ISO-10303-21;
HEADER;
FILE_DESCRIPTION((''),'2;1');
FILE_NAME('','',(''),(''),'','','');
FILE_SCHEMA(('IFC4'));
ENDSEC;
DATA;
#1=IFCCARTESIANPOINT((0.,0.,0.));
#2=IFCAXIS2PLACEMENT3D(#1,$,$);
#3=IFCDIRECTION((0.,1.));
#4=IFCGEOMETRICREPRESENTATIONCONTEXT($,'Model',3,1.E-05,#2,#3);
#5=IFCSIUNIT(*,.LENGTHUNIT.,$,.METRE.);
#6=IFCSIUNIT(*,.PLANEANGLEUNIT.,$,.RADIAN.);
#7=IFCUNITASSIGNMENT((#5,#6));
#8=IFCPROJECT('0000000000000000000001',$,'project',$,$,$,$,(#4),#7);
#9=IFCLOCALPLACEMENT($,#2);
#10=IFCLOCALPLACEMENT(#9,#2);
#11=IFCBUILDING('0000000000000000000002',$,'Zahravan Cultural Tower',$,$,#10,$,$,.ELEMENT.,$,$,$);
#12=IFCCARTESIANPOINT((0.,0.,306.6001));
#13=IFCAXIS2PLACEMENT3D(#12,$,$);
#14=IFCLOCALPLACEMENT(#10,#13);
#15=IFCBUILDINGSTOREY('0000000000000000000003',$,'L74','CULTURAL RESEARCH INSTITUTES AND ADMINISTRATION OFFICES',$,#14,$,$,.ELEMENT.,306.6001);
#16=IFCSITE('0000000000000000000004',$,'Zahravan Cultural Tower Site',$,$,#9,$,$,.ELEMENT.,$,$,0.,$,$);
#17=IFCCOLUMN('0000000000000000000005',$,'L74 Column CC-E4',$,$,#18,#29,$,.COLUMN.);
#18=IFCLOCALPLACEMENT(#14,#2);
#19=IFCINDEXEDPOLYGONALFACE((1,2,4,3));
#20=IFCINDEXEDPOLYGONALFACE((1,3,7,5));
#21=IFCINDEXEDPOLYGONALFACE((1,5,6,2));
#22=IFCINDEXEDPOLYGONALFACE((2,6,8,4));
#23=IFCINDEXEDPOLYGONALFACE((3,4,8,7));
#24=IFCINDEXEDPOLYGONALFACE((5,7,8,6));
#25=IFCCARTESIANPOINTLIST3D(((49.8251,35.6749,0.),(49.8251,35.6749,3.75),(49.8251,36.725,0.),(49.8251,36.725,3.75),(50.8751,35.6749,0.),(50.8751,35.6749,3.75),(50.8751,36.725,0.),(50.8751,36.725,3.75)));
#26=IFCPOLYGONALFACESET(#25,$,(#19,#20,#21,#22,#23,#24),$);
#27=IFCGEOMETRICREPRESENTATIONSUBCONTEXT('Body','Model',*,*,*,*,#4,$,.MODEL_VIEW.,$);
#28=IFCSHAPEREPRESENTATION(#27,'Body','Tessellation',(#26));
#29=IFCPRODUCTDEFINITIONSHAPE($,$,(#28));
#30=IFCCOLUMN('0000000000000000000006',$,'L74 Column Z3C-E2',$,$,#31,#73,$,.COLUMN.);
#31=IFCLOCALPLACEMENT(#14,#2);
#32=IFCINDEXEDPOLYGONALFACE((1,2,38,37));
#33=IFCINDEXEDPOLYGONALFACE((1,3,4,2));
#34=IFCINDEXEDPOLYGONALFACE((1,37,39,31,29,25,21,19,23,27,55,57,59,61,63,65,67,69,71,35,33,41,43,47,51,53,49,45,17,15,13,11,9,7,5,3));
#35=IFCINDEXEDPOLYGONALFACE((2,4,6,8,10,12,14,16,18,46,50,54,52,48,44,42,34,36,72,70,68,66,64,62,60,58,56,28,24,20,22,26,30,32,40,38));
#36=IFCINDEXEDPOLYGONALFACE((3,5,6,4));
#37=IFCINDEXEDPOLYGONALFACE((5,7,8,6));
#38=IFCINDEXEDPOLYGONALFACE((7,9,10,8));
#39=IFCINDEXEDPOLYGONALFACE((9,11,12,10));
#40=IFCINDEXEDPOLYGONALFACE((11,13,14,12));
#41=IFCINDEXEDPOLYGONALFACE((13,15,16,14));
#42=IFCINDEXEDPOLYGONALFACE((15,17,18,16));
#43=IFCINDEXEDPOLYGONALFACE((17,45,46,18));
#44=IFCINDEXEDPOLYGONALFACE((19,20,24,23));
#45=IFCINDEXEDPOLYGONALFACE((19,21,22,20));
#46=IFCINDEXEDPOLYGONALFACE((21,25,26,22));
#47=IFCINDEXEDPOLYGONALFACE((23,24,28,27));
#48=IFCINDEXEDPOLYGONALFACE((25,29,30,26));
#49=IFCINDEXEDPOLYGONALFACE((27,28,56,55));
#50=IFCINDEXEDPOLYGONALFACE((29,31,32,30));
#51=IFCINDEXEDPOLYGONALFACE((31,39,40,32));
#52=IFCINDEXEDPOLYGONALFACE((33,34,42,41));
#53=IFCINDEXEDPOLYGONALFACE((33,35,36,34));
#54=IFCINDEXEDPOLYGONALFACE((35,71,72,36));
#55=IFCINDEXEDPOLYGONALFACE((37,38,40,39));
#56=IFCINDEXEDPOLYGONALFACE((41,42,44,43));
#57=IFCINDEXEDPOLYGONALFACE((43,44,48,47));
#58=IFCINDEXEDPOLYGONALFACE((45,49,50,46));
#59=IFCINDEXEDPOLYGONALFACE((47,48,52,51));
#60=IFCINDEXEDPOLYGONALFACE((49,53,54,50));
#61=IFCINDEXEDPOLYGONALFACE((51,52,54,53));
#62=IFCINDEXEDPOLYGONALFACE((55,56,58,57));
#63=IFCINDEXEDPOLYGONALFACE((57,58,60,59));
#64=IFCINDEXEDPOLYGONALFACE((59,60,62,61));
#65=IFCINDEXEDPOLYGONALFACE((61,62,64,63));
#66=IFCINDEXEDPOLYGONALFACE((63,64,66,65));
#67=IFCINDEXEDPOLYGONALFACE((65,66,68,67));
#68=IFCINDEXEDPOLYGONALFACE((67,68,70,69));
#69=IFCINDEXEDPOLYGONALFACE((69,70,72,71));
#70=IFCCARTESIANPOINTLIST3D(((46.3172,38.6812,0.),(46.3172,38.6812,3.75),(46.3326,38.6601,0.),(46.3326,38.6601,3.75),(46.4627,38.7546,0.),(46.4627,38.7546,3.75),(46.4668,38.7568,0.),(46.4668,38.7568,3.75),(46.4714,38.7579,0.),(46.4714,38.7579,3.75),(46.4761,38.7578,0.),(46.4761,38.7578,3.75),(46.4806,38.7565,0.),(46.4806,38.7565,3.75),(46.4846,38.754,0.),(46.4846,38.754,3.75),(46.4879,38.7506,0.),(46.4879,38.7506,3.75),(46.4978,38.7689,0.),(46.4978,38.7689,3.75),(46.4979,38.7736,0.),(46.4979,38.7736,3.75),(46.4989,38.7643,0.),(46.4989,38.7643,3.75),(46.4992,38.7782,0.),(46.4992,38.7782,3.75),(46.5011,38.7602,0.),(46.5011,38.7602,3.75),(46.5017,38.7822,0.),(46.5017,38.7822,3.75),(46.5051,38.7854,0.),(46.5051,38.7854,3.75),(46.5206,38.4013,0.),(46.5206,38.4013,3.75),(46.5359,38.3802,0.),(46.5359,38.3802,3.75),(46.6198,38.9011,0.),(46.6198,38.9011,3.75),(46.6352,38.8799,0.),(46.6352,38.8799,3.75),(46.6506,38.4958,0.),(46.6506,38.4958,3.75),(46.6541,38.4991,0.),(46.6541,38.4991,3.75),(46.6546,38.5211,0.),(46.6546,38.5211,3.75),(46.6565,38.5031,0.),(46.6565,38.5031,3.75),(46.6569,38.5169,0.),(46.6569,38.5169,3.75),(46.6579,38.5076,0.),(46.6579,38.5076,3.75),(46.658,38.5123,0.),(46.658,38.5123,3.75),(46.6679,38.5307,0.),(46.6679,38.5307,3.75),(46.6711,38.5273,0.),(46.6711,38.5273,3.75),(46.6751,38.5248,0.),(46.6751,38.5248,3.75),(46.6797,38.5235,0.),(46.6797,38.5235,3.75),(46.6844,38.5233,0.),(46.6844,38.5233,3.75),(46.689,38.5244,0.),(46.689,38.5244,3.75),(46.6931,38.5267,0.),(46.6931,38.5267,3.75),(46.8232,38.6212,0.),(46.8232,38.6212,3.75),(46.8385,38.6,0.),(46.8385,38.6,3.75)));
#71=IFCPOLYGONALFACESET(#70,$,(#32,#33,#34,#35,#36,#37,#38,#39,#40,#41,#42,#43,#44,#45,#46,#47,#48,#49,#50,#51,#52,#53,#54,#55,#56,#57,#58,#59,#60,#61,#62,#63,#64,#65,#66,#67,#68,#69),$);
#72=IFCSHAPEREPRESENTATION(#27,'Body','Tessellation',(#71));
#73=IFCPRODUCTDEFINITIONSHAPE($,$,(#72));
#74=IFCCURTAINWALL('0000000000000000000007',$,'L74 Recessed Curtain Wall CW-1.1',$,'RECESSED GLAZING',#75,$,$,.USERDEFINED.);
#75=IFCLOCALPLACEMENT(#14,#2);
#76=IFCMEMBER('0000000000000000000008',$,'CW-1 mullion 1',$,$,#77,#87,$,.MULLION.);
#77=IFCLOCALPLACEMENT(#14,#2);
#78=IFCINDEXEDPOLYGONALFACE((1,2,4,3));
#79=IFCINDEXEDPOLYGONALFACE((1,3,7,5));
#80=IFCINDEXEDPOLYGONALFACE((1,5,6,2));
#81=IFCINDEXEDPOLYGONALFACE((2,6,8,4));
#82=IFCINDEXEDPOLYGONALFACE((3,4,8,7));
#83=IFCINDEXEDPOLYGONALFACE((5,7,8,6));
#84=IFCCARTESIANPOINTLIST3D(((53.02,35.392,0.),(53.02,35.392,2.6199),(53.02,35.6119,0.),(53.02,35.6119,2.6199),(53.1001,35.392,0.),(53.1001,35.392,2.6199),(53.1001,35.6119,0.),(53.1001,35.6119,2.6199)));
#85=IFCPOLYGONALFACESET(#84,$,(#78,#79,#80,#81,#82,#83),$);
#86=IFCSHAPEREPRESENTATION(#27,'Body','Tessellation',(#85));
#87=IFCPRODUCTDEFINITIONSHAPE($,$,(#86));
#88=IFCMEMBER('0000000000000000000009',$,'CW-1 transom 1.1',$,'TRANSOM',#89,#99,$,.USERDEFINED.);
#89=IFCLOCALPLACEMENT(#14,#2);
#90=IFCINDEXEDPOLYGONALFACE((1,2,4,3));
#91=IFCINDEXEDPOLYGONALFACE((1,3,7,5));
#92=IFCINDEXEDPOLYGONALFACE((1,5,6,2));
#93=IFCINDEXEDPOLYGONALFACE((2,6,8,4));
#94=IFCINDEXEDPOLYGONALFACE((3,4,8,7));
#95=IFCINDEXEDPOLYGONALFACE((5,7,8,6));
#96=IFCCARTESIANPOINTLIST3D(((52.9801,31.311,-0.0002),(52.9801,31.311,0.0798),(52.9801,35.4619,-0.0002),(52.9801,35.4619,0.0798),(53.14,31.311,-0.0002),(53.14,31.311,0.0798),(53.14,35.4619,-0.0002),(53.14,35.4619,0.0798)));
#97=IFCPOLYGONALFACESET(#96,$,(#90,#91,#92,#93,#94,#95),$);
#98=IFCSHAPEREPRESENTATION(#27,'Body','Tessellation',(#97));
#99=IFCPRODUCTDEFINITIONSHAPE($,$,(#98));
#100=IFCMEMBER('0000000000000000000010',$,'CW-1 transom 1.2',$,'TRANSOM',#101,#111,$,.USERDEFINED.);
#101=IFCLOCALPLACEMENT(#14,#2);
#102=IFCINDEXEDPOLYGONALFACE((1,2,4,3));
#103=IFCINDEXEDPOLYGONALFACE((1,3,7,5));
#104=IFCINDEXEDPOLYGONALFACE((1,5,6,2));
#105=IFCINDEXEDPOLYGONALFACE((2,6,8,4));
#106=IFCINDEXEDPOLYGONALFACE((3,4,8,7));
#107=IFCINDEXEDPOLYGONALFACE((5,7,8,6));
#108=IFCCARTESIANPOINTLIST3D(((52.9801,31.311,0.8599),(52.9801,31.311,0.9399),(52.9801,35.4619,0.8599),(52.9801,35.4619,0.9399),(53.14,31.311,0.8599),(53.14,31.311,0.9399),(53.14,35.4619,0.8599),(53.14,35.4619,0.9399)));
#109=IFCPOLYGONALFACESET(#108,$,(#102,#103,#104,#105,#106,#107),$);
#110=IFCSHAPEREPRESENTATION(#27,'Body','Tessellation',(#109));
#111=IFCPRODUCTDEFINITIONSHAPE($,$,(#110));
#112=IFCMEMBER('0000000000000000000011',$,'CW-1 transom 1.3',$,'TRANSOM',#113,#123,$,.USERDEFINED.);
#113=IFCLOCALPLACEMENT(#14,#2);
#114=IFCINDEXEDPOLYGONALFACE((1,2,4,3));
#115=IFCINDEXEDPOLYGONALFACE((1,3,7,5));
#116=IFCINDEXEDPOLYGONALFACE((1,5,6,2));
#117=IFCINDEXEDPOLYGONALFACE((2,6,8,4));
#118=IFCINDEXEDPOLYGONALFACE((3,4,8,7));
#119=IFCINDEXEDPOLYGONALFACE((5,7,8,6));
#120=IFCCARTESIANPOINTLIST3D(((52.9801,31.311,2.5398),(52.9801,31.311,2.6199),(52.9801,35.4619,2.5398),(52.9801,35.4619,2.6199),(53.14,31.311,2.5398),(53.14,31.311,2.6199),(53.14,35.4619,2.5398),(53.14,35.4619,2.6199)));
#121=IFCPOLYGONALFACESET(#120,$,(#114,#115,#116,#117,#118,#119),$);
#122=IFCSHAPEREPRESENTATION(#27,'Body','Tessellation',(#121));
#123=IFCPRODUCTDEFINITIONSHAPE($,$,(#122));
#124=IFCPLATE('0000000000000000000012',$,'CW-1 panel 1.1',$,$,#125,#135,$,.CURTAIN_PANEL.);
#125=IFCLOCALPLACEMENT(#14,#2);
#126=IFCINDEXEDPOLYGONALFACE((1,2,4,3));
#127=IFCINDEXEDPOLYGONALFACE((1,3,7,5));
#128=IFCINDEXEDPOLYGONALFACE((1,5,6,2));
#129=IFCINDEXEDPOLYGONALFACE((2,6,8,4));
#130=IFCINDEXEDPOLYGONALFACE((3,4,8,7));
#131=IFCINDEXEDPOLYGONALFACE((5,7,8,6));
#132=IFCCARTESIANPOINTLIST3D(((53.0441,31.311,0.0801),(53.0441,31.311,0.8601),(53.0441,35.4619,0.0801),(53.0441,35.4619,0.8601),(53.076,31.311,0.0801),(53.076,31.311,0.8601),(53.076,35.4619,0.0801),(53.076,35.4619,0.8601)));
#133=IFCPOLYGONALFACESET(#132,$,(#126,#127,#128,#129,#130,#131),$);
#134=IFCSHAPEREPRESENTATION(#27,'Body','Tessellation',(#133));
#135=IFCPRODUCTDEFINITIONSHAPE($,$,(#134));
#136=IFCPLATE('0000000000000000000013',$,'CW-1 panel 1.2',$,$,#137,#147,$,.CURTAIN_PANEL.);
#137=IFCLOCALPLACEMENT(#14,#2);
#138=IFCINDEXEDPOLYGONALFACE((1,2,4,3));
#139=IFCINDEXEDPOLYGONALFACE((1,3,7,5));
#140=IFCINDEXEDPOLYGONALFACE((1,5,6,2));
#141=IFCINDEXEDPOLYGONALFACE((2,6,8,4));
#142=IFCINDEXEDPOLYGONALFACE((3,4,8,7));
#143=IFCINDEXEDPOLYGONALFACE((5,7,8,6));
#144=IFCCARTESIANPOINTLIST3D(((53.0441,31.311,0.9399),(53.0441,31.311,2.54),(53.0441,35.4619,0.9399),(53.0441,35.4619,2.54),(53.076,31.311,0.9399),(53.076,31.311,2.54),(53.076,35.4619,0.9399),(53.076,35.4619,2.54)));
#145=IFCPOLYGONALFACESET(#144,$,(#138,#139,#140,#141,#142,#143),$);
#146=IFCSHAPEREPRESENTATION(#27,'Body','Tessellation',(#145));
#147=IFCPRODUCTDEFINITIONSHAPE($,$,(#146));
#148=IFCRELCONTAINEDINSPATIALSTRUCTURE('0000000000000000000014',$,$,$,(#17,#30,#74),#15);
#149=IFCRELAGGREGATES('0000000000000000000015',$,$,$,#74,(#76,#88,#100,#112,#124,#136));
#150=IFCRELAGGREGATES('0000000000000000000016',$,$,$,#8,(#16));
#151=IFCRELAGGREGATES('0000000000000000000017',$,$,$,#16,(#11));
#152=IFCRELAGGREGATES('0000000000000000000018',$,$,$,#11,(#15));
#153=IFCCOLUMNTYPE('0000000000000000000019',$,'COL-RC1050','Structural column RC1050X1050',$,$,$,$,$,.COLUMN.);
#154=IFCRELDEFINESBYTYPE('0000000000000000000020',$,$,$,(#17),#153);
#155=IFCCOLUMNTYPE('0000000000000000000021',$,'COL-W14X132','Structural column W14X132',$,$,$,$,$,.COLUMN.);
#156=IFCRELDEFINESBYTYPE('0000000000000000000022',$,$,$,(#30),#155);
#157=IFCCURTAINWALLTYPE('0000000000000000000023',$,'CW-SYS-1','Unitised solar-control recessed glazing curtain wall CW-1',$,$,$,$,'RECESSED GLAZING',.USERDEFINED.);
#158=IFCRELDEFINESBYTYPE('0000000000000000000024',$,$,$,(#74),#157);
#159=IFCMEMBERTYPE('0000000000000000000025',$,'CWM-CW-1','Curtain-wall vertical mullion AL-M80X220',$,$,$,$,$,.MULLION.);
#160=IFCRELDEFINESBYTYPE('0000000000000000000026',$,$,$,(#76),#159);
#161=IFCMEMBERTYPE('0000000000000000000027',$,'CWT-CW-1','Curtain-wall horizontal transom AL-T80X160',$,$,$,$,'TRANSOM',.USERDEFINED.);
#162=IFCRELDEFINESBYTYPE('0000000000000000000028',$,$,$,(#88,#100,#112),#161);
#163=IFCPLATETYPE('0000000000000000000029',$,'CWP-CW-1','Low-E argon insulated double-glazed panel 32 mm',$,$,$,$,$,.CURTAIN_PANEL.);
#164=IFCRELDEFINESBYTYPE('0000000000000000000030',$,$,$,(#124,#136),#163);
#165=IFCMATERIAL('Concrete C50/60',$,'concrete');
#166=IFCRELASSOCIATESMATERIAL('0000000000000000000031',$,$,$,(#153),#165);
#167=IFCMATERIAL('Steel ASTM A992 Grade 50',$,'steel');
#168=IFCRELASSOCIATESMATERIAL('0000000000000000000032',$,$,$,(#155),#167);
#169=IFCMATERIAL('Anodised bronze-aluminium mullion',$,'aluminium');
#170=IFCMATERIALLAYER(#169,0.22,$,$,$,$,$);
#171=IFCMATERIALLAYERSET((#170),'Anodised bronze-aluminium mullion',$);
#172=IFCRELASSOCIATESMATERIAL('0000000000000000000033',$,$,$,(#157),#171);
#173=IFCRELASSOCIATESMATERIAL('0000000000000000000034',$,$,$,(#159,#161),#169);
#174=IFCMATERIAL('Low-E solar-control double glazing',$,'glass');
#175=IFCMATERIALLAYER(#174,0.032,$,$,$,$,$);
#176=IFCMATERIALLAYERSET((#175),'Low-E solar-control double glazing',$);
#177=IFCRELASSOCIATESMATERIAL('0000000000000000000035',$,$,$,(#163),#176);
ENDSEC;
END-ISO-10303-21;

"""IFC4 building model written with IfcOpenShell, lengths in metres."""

from ifc_helpers import new_model, si_unit, direction, frame, origin, origin_2d, place, context, subcontext, project, spatial, rectangle, i_section, extrude, source, transform, mapped, material, layer, layer_set, material_profile, profile_set, type_object, element, aggregate, save


model = new_model("IFC4")

# Units and contexts
model_context = context("Model", 3, precision=1e-05, world=origin(), true_north=direction((0.0, 1.0)))
body_context = subcontext(model_context, "Body", "Model", "MODEL_VIEW")
ifc_project = project(units=[si_unit("LENGTHUNIT", "METRE"), si_unit("PLANEANGLEUNIT", "RADIAN")], contexts=[model_context])

# Site, building, storey
site_placement = place(None, origin())
site = spatial("IfcSite", under=ifc_project, at=site_placement, Name="Zahravan Cultural Tower Site", CompositionType="ELEMENT", RefElevation=0.0)
building_placement = place(site_placement, origin())
building = spatial("IfcBuilding", under=site, at=building_placement, Name="Zahravan Cultural Tower", CompositionType="ELEMENT")
storey_placement = place(building_placement, frame((0.0, 0.0, 306.6001)))
storey = spatial("IfcBuildingStorey", under=building, at=storey_placement, Name="L74", Description="CULTURAL RESEARCH INSTITUTES AND ADMINISTRATION OFFICES", CompositionType="ELEMENT", Elevation=306.6001)

# Columns
ifc_material_1 = material(Name="Concrete C50/60", Category="concrete")
ifc_material_profile_1 = material_profile(ifc_material_1, rectangle(XDim=1.05, YDim=1.05, at=origin_2d()), Name="RC1050X1050")
ifc_profile_set_1 = profile_set([ifc_material_profile_1], Name="Concrete C50/60")
column_type_1 = type_object("IfcColumnType", Name="COL-RC1050", Description="Structural column RC1050X1050", PredefinedType="COLUMN", material=ifc_profile_set_1)
shared_shape_1 = source(origin(), body_context, "Body", "SweptSolid", [
    extrude(rectangle(XDim=1.05, YDim=1.05, at=origin_2d()), origin(), (0.0, 0.0, 1.0), 3.75),
])
column_1_placement = place(storey_placement, frame((50.3501, 36.2, 0.0), z_axis=(0.0, 0.0, 1.0), x_axis=(1.0, 0.0, 0.0)))
element("IfcColumn", 1, at=column_1_placement, inside=storey, type_object=column_type_1, Name="L74 Column CC-E4", PredefinedType="COLUMN", context=body_context, shape_type="MappedRepresentation", body=[
    mapped(shared_shape_1, transform((0.0, 0.0, 0.0), x_axis=(1.0, 0.0, 0.0), y_axis=(0.0, 1.0, 0.0), z_axis=(0.0, 0.0, 1.0), scale=1.0)),
])
ifc_material_2 = material(Name="Steel ASTM A992 Grade 50", Category="steel")
ifc_material_profile_2 = material_profile(ifc_material_2, i_section(OverallWidth=0.374, OverallDepth=0.3721, WebThickness=0.0164, FlangeThickness=0.0261, FilletRadius=0.0181, at=origin_2d()), Name="W14X132")
ifc_profile_set_2 = profile_set([ifc_material_profile_2], Name="Steel ASTM A992 Grade 50")
column_type_2 = type_object("IfcColumnType", Name="COL-W14X132", Description="Structural column W14X132", PredefinedType="COLUMN", material=ifc_profile_set_2)
shared_shape_2 = source(origin(), body_context, "Body", "SweptSolid", [
    extrude(i_section(OverallWidth=0.374, OverallDepth=0.3721, WebThickness=0.0164, FlangeThickness=0.0261, FilletRadius=0.0181, at=origin_2d()), origin(), (0.0, 0.0, 1.0), 3.75),
])
column_2_placement = place(storey_placement, frame((46.5779, 38.6406, 0.0), z_axis=(0.0, 0.0, 1.0), x_axis=(0.809017, 0.587785, 0.0)))
element("IfcColumn", 2, at=column_2_placement, inside=storey, type_object=column_type_2, Name="L74 Column Z3C-E2", PredefinedType="COLUMN", context=body_context, shape_type="MappedRepresentation", body=[
    mapped(shared_shape_2, transform((0.0, 0.0, 0.0), x_axis=(1.0, 0.0, 0.0), y_axis=(0.0, 1.0, 0.0), z_axis=(0.0, 0.0, 1.0), scale=1.0)),
])

# Curtain wall, members, plates
ifc_material_3 = material(Name="Anodised bronze-aluminium mullion", Category="aluminium")
ifc_layer_1 = layer(ifc_material_3, 0.22)
ifc_layer_set_1 = layer_set([ifc_layer_1], Name="Anodised bronze-aluminium mullion")
curtain_wall_type = type_object("IfcCurtainWallType", Name="CW-SYS-1", Description="Unitised solar-control recessed glazing curtain wall CW-1", ElementType="RECESSED GLAZING", PredefinedType="USERDEFINED", material=ifc_layer_set_1)
curtain_wall_placement = place(storey_placement, origin())
curtain_wall = element("IfcCurtainWall", 3, at=curtain_wall_placement, inside=storey, type_object=curtain_wall_type, Name="L74 Recessed Curtain Wall CW-1.1", ObjectType="RECESSED GLAZING", PredefinedType="USERDEFINED")
ifc_material_profile_3 = material_profile(ifc_material_3, rectangle(XDim=0.0801, YDim=0.22, at=origin_2d()), Name="AL-M80X220")
ifc_profile_set_3 = profile_set([ifc_material_profile_3], Name="Anodised bronze-aluminium mullion")
member_type_1 = type_object("IfcMemberType", Name="CWM-CW-1", Description="Curtain-wall vertical mullion AL-M80X220", PredefinedType="MULLION", material=ifc_profile_set_3)
shared_shape_3 = source(origin(), body_context, "Body", "SweptSolid", [
    extrude(rectangle(XDim=0.0801, YDim=0.22, at=origin_2d()), origin(), (0.0, 0.0, 1.0), 2.6199),
])
member_1_placement = place(storey_placement, frame((53.0601, 35.502, 0.0), z_axis=(0.0, 0.0, 1.0), x_axis=(1.0, 0.0, 0.0)))
member_1 = element("IfcMember", 4, at=member_1_placement, type_object=member_type_1, Name="CW-1 mullion 1", PredefinedType="MULLION", context=body_context, shape_type="MappedRepresentation", body=[
    mapped(shared_shape_3, transform((0.0, 0.0, 0.0), x_axis=(1.0, 0.0, 0.0), y_axis=(0.0, 1.0, 0.0), z_axis=(0.0, 0.0, 1.0), scale=1.0)),
])
ifc_material_profile_4 = material_profile(ifc_material_3, rectangle(XDim=0.1599, YDim=0.0801, at=origin_2d()), Name="AL-T80X160")
ifc_profile_set_4 = profile_set([ifc_material_profile_4], Name="Anodised bronze-aluminium mullion")
member_type_2 = type_object("IfcMemberType", Name="CWT-CW-1", Description="Curtain-wall horizontal transom AL-T80X160", ElementType="TRANSOM", PredefinedType="USERDEFINED", material=ifc_profile_set_4)
shared_shape_4 = source(origin(), body_context, "Body", "SweptSolid", [
    extrude(rectangle(XDim=0.1599, YDim=0.0801, at=origin_2d()), origin(), (0.0, 0.0, 1.0), 4.1509),
])
member_2_placement = place(storey_placement, frame((53.0601, 35.4619, 0.0398), z_axis=(0.0, -1.0, 0.0), x_axis=(1.0, 0.0, 0.0)))
member_2 = element("IfcMember", 5, at=member_2_placement, type_object=member_type_2, Name="CW-1 transom 1.1", ObjectType="TRANSOM", PredefinedType="USERDEFINED", context=body_context, shape_type="MappedRepresentation", body=[
    mapped(shared_shape_4, transform((0.0, 0.0, 0.0), x_axis=(1.0, 0.0, 0.0), y_axis=(0.0, 1.0, 0.0), z_axis=(0.0, 0.0, 1.0), scale=1.0)),
])
member_3_placement = place(storey_placement, frame((53.0601, 35.4619, 0.8999), z_axis=(0.0, -1.0, 0.0), x_axis=(1.0, 0.0, 0.0)))
member_3 = element("IfcMember", 6, at=member_3_placement, type_object=member_type_2, Name="CW-1 transom 1.2", ObjectType="TRANSOM", PredefinedType="USERDEFINED", context=body_context, shape_type="MappedRepresentation", body=[
    mapped(shared_shape_4, transform((0.0, 0.0, 0.0), x_axis=(1.0, 0.0, 0.0), y_axis=(0.0, 1.0, 0.0), z_axis=(0.0, 0.0, 1.0), scale=1.0)),
])
member_4_placement = place(storey_placement, frame((53.0601, 35.4619, 2.5798), z_axis=(0.0, -1.0, 0.0), x_axis=(1.0, 0.0, 0.0)))
member_4 = element("IfcMember", 7, at=member_4_placement, type_object=member_type_2, Name="CW-1 transom 1.3", ObjectType="TRANSOM", PredefinedType="USERDEFINED", context=body_context, shape_type="MappedRepresentation", body=[
    mapped(shared_shape_4, transform((0.0, 0.0, 0.0), x_axis=(1.0, 0.0, 0.0), y_axis=(0.0, 1.0, 0.0), z_axis=(0.0, 0.0, 1.0), scale=1.0)),
])
ifc_material_4 = material(Name="Low-E solar-control double glazing", Category="glass")
ifc_layer_2 = layer(ifc_material_4, 0.032)
ifc_layer_set_2 = layer_set([ifc_layer_2], Name="Low-E solar-control double glazing")
plate_type = type_object("IfcPlateType", Name="CWP-CW-1", Description="Low-E argon insulated double-glazed panel 32 mm", PredefinedType="CURTAIN_PANEL", material=ifc_layer_set_2)
shared_shape_5 = source(origin(), body_context, "Body", "SweptSolid", [
    extrude(rectangle(XDim=4.1509, YDim=0.032, at=origin_2d()), origin(), (0.0, 0.0, 1.0), 0.78),
])
plate_1_placement = place(storey_placement, frame((53.0601, 33.3865, 0.0801), z_axis=(0.0, 0.0, 1.0), x_axis=(0.0, -1.0, 0.0)))
plate_1 = element("IfcPlate", 8, at=plate_1_placement, type_object=plate_type, Name="CW-1 panel 1.1", PredefinedType="CURTAIN_PANEL", context=body_context, shape_type="MappedRepresentation", body=[
    mapped(shared_shape_5, transform((0.0, 0.0, 0.0), x_axis=(1.0, 0.0, 0.0), y_axis=(0.0, 1.0, 0.0), z_axis=(0.0, 0.0, 1.0), scale=1.0)),
])
shared_shape_6 = source(origin(), body_context, "Body", "SweptSolid", [
    extrude(rectangle(XDim=4.1509, YDim=0.032, at=origin_2d()), origin(), (0.0, 0.0, 1.0), 1.6001),
])
plate_2_placement = place(storey_placement, frame((53.0601, 33.3865, 0.9399), z_axis=(0.0, 0.0, 1.0), x_axis=(0.0, -1.0, 0.0)))
plate_2 = element("IfcPlate", 9, at=plate_2_placement, type_object=plate_type, Name="CW-1 panel 1.2", PredefinedType="CURTAIN_PANEL", context=body_context, shape_type="MappedRepresentation", body=[
    mapped(shared_shape_6, transform((0.0, 0.0, 0.0), x_axis=(1.0, 0.0, 0.0), y_axis=(0.0, 1.0, 0.0), z_axis=(0.0, 0.0, 1.0), scale=1.0)),
])
aggregate(curtain_wall, [member_1, member_2, member_3, member_4, plate_1, plate_2])

save(model, "model.ifc")
